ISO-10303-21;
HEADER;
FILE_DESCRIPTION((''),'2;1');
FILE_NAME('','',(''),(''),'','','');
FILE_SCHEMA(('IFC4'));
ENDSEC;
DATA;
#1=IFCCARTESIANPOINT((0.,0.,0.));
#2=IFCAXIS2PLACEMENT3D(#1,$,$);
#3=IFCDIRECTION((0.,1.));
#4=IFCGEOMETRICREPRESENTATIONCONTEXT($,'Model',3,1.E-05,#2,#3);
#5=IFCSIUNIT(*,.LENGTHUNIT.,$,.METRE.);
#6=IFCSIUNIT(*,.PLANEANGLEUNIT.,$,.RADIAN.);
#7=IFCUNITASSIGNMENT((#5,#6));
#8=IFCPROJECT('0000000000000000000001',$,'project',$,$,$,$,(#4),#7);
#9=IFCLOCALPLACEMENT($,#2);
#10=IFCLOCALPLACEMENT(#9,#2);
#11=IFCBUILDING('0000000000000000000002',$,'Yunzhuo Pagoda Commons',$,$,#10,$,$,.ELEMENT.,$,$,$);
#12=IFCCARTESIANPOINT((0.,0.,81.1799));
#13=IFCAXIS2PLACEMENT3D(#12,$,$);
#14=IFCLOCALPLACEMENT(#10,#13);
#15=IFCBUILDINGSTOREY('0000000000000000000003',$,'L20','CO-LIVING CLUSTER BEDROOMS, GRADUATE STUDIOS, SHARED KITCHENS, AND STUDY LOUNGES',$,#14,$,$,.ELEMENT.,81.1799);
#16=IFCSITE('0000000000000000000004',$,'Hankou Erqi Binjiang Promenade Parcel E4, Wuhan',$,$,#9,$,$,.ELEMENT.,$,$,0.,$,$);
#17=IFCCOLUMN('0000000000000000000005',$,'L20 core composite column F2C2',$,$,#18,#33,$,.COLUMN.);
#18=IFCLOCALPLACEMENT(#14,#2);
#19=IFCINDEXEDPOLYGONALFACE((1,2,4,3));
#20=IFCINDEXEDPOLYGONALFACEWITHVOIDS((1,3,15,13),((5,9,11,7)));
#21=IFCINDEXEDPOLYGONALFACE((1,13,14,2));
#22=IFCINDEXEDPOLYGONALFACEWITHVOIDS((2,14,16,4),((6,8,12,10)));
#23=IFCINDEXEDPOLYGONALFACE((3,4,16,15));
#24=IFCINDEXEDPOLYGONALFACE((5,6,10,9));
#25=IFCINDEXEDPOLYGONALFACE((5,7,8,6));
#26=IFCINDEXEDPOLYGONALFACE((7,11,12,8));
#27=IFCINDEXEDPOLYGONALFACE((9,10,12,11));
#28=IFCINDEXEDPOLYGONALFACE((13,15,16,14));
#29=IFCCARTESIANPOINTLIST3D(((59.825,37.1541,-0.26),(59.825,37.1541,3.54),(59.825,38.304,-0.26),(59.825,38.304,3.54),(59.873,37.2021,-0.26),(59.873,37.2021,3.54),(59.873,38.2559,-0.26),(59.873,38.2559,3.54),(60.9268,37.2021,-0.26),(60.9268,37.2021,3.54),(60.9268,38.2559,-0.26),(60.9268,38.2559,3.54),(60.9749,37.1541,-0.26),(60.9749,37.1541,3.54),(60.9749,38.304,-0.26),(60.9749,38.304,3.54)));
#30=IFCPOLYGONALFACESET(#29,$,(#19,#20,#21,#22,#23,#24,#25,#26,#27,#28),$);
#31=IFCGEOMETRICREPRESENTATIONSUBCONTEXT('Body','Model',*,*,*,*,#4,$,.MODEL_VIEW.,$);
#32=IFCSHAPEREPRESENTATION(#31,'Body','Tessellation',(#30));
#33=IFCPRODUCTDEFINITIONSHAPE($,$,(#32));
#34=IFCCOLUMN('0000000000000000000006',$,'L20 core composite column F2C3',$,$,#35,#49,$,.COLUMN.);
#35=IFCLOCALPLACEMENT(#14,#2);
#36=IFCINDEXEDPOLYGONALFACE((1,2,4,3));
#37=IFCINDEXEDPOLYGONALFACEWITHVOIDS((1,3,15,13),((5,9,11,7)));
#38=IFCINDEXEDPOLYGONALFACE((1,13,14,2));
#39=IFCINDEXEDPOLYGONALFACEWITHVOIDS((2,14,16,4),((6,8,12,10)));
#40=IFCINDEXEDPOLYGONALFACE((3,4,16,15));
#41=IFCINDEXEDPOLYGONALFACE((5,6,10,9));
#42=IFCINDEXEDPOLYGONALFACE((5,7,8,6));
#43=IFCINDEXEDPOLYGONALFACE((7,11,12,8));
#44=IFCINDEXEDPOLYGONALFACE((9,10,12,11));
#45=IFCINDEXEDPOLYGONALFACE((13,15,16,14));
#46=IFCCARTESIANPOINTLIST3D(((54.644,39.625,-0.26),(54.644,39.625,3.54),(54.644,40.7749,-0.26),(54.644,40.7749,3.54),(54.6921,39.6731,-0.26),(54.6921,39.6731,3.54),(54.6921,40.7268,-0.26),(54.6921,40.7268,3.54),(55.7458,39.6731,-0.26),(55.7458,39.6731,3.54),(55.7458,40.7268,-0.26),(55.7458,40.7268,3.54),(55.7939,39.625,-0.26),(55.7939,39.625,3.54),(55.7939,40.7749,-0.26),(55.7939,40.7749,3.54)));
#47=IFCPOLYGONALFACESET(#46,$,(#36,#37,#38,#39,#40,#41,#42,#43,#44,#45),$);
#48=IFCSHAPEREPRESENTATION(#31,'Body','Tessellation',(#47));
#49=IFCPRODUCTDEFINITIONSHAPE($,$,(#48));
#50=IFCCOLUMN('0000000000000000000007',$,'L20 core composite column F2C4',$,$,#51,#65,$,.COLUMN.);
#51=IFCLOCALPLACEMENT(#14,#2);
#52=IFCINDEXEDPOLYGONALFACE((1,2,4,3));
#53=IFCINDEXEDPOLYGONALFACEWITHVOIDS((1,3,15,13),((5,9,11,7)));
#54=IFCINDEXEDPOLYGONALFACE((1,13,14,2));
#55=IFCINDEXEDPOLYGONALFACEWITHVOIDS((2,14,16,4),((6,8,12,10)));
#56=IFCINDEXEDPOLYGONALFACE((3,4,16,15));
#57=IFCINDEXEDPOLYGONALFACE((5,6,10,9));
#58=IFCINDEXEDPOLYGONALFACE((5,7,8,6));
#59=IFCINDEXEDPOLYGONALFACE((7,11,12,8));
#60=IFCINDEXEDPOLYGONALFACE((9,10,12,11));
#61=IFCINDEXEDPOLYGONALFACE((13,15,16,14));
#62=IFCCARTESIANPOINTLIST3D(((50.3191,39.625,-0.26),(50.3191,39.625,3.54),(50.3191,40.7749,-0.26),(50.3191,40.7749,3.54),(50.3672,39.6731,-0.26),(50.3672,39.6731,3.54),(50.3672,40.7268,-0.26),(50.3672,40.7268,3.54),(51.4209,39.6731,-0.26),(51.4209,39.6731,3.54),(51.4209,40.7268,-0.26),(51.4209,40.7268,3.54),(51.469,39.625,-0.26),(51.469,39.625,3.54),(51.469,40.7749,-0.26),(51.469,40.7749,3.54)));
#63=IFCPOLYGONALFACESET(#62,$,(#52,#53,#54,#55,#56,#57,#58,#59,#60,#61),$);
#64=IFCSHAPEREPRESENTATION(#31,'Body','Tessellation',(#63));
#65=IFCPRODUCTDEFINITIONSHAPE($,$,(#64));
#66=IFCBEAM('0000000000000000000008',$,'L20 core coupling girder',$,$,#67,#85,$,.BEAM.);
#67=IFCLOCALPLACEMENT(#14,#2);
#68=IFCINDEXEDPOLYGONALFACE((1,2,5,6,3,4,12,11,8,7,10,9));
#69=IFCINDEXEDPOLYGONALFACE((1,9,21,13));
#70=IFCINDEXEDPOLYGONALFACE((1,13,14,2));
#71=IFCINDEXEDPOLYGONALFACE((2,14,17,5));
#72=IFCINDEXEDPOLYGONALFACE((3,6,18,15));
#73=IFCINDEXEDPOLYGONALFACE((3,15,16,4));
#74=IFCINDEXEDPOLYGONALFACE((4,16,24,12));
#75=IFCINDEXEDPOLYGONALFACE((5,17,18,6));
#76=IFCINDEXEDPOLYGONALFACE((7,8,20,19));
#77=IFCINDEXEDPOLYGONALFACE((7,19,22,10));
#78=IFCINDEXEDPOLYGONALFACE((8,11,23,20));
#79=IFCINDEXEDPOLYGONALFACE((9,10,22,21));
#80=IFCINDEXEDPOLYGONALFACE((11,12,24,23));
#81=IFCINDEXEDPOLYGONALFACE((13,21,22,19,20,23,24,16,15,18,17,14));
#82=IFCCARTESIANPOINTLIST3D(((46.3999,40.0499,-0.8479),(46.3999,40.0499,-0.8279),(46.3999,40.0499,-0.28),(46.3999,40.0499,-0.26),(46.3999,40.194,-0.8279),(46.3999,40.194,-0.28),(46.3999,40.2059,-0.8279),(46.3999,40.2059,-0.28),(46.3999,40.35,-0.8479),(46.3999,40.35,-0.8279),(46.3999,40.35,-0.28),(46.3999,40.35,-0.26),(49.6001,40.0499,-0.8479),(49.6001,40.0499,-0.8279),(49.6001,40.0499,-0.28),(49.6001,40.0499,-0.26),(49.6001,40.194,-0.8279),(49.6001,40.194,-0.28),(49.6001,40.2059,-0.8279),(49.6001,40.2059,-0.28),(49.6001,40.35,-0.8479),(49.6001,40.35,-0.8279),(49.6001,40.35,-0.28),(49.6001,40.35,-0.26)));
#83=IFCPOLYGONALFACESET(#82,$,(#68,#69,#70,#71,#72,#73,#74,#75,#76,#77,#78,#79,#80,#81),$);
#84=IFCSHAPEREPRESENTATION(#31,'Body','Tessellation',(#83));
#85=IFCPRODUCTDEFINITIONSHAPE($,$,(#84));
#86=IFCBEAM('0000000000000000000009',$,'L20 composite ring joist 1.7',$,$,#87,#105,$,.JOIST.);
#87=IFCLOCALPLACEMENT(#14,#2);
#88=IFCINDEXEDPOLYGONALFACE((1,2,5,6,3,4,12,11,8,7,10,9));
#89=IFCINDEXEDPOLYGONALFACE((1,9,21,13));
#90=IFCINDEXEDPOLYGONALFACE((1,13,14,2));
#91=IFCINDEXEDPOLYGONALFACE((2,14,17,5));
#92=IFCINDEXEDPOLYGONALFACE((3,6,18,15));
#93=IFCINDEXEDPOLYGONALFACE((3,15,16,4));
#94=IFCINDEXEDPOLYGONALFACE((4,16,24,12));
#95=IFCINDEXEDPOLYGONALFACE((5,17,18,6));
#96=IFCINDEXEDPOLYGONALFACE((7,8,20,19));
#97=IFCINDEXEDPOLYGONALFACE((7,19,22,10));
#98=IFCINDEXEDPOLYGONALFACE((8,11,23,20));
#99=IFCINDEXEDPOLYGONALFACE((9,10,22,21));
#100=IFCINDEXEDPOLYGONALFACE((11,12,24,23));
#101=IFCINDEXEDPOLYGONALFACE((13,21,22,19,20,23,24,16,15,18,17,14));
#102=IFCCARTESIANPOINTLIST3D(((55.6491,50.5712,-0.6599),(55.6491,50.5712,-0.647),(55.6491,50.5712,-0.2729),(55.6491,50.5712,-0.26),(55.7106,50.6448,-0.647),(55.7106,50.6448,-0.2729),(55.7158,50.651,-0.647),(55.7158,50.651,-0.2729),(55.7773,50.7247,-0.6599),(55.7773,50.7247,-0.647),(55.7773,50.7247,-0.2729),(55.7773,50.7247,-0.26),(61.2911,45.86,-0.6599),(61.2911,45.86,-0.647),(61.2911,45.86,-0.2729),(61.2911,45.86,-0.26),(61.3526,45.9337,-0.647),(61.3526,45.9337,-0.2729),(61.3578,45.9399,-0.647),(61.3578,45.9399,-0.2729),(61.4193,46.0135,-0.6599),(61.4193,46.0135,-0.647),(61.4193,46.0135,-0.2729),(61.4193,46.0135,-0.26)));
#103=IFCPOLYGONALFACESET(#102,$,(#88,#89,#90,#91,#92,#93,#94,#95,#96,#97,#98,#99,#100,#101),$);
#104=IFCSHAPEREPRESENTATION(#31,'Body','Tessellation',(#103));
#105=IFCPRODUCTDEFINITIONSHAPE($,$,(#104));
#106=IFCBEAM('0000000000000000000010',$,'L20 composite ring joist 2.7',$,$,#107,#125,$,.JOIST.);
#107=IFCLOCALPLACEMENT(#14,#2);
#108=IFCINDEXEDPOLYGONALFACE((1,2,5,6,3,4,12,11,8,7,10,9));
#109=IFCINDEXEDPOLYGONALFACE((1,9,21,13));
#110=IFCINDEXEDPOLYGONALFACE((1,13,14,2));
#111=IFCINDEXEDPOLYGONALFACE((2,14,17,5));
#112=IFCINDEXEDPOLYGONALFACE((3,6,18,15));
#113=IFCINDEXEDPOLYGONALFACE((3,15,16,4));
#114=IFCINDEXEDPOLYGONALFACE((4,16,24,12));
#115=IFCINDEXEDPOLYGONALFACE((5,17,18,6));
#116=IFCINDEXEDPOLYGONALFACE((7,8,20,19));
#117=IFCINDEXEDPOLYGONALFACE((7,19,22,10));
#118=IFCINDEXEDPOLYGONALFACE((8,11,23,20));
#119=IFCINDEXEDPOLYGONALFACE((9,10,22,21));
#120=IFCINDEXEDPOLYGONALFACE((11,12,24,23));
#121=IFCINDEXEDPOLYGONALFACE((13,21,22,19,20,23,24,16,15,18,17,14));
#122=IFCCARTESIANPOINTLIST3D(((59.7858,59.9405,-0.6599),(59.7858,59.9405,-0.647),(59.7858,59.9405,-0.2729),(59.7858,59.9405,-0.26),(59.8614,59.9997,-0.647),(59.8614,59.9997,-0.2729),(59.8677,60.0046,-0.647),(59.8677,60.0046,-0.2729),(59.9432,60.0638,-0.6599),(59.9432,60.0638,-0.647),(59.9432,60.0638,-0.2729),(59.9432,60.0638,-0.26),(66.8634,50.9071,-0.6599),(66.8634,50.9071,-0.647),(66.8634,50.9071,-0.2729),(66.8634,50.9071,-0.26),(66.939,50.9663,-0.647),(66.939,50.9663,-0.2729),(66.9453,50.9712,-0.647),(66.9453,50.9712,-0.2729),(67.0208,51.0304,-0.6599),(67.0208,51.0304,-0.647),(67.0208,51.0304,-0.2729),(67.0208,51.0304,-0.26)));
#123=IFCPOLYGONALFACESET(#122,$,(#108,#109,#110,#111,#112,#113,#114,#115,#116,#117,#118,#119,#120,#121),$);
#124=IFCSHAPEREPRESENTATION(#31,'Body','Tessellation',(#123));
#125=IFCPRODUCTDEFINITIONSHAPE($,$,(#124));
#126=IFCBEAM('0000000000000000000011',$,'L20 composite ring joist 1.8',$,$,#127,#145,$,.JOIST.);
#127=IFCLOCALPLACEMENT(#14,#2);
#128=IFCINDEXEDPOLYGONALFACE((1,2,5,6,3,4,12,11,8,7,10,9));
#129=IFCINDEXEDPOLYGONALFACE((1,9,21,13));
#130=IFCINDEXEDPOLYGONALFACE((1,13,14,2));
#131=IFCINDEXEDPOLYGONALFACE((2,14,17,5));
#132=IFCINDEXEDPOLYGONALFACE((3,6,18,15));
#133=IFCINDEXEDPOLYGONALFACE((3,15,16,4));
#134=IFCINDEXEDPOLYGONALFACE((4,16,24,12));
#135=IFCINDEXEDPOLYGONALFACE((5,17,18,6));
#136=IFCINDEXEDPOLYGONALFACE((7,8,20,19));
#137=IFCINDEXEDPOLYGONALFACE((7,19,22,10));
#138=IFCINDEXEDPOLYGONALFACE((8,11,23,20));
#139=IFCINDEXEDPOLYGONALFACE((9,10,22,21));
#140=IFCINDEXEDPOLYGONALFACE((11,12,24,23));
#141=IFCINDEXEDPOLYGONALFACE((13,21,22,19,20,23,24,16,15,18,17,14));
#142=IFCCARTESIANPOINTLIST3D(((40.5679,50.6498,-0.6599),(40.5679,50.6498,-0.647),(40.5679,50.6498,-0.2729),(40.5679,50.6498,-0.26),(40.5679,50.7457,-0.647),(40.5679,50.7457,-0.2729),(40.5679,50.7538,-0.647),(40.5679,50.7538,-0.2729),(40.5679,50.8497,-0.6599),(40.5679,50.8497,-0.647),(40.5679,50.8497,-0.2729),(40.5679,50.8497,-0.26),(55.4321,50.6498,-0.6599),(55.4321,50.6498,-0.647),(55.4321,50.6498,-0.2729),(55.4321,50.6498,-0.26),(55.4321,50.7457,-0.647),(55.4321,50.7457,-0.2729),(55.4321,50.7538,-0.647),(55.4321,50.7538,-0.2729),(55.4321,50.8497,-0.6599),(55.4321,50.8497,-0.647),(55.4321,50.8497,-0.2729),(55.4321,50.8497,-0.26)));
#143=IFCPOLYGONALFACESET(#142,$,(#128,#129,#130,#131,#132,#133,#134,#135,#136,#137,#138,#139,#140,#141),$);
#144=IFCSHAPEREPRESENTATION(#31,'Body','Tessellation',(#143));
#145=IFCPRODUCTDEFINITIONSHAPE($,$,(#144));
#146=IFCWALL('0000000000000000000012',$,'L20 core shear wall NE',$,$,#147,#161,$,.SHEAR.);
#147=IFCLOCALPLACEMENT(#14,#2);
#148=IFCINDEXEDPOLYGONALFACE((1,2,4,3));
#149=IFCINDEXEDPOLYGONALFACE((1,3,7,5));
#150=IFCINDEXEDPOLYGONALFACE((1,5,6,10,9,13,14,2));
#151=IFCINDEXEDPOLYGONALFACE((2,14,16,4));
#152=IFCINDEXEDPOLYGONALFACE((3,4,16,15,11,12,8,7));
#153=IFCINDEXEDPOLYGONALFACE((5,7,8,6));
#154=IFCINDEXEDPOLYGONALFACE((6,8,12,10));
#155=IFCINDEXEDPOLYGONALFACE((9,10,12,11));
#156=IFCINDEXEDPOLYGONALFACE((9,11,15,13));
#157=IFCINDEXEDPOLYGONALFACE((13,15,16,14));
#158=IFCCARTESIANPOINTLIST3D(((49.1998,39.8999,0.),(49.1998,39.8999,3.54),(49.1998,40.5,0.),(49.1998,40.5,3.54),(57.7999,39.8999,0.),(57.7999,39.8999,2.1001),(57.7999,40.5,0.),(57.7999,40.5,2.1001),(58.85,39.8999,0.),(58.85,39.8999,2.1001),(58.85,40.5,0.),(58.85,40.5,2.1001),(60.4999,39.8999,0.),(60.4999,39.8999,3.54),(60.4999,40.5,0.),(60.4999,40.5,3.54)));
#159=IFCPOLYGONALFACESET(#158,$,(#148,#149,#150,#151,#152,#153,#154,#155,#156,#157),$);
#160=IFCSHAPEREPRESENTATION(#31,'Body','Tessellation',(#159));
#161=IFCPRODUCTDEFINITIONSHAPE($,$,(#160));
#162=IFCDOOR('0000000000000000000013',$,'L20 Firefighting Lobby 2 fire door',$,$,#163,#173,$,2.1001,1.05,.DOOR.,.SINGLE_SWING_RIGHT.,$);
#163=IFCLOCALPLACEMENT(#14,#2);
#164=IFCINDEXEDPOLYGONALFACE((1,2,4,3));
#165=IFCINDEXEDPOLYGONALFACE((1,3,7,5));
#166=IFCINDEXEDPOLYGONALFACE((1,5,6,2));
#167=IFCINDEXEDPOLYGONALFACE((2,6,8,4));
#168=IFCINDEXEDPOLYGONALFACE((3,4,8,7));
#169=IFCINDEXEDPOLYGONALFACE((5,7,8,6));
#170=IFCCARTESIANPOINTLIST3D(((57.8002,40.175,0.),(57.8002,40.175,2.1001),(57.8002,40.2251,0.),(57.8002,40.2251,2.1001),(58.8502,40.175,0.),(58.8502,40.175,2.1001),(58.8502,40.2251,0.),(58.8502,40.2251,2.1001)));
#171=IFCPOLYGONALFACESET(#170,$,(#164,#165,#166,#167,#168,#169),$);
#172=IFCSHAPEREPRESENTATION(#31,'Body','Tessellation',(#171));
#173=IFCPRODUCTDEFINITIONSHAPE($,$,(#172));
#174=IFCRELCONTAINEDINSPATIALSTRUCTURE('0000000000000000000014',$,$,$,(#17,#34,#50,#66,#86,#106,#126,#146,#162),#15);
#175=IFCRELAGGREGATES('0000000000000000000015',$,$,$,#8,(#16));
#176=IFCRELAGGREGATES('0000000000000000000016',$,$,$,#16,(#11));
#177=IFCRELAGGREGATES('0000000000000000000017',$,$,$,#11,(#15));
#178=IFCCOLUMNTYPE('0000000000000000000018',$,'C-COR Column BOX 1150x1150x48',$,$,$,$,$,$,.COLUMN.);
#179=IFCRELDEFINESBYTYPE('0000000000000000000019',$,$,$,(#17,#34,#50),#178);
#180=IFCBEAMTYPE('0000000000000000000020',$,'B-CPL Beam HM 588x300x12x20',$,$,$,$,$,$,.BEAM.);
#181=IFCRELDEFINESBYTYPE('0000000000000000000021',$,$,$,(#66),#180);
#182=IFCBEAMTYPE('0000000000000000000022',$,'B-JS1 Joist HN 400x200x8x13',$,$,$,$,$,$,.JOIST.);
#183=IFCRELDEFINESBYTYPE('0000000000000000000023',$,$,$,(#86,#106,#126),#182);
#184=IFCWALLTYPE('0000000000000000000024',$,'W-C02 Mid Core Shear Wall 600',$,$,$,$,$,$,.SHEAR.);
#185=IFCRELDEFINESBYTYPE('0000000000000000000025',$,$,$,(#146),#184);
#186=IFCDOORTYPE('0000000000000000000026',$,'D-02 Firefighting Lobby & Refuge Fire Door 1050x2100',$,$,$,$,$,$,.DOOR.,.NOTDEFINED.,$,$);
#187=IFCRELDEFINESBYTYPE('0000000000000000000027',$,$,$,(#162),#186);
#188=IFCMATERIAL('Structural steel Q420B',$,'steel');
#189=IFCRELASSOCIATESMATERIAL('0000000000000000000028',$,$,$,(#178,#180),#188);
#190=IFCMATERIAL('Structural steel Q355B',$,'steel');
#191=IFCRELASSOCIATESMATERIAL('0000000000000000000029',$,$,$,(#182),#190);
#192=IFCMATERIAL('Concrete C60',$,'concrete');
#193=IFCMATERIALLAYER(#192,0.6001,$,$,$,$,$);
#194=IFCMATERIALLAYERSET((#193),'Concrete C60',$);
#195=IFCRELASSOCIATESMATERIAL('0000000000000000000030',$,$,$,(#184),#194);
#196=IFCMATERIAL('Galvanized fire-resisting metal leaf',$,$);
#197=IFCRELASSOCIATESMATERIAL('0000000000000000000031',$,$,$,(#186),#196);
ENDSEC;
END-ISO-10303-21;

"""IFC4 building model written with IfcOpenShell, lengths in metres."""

from ifc_helpers import new_model, si_unit, direction, frame, frame_2d, origin, origin_2d, place, context, subcontext, project, spatial, rectangle, hollow_rectangle, i_section, extrude, source, transform, mapped, material, layer, layer_set, material_profile, profile_set, type_object, element, fill, save


model = new_model("IFC4")

# Units and contexts
model_context = context("Model", 3, precision=1e-05, world=origin(), true_north=direction((0.0, 1.0)))
body_context = subcontext(model_context, "Body", "Model", "MODEL_VIEW")
ifc_project = project(units=[si_unit("LENGTHUNIT", "METRE"), si_unit("PLANEANGLEUNIT", "RADIAN")], contexts=[model_context])

# Site, building, storey
site_placement = place(None, origin())
site = spatial("IfcSite", under=ifc_project, at=site_placement, Name="Hankou Erqi Binjiang Promenade Parcel E4, Wuhan", CompositionType="ELEMENT", RefElevation=0.0)
building_placement = place(site_placement, origin())
building = spatial("IfcBuilding", under=site, at=building_placement, Name="Yunzhuo Pagoda Commons", CompositionType="ELEMENT")
storey_placement = place(building_placement, frame((0.0, 0.0, 81.1799)))
storey = spatial("IfcBuildingStorey", under=building, at=storey_placement, Name="L20", Description="CO-LIVING CLUSTER BEDROOMS, GRADUATE STUDIOS, SHARED KITCHENS, AND STUDY LOUNGES", CompositionType="ELEMENT", Elevation=81.1799)

# Columns
ifc_material_1 = material(Name="Structural steel Q420B", Category="steel")
ifc_material_profile_1 = material_profile(ifc_material_1, hollow_rectangle(XDim=1.1499, YDim=1.1499, WallThickness=0.0481, at=origin_2d()), Name="Structural steel Q420B")
ifc_profile_set_1 = profile_set([ifc_material_profile_1], Name="Structural steel Q420B")
column_type = type_object("IfcColumnType", Name="C-COR Column BOX 1150x1150x48", PredefinedType="COLUMN", material=ifc_profile_set_1)
shared_shape_1 = source(origin(), body_context, "Body", "SweptSolid", [
    extrude(hollow_rectangle(XDim=1.1499, YDim=1.1499, WallThickness=0.0481, at=origin_2d()), origin(), (0.0, 0.0, 1.0), 3.8),
])
for number, where, z_axis, x_axis, name in (
    (1, (60.3999, 37.729, -0.26), (0.0, 0.0, 1.0), (1.0, 0.0, 0.0), "L20 core composite column F2C2"),
    (2, (55.219, 40.2, -0.26), (0.0, 0.0, 1.0), (1.0, 0.0, 0.0), "L20 core composite column F2C3"),
    (3, (50.894, 40.2, -0.26), (0.0, 0.0, 1.0), (1.0, 0.0, 0.0), "L20 core composite column F2C4"),
):
    element("IfcColumn", number, at=place(storey_placement, frame(where, z_axis=z_axis, x_axis=x_axis)), inside=storey, type_object=column_type, Name=name, PredefinedType="COLUMN", context=body_context, shape_type="MappedRepresentation", body=[
        mapped(shared_shape_1, transform((0.0, 0.0, 0.0), scale=1.0)),
    ])

# Beams
ifc_material_profile_2 = material_profile(ifc_material_1, i_section(OverallWidth=0.3, OverallDepth=0.5879, WebThickness=0.012, FlangeThickness=0.02, at=origin_2d()), Name="Structural steel Q420B")
ifc_profile_set_2 = profile_set([ifc_material_profile_2], Name="Structural steel Q420B")
beam_type_1 = type_object("IfcBeamType", Name="B-CPL Beam HM 588x300x12x20", PredefinedType="BEAM", material=ifc_profile_set_2)
shared_shape_2 = source(origin(), body_context, "Body", "SweptSolid", [
    extrude(i_section(OverallWidth=0.3, OverallDepth=0.5879, WebThickness=0.012, FlangeThickness=0.02, at=origin_2d()), origin(), (0.0, 0.0, 1.0), 3.2002),
])
beam_1_placement = place(storey_placement, frame((46.3999, 40.2, -0.554), z_axis=(1.0, 0.0, 0.0), x_axis=(0.0, 1.0, 0.0)))
element("IfcBeam", 4, at=beam_1_placement, inside=storey, type_object=beam_type_1, Name="L20 core coupling girder", PredefinedType="BEAM", context=body_context, shape_type="MappedRepresentation", body=[
    mapped(shared_shape_2, transform((0.0, 0.0, 0.0), scale=1.0)),
])
ifc_material_2 = material(Name="Structural steel Q355B", Category="steel")
ifc_material_profile_3 = material_profile(ifc_material_2, i_section(OverallWidth=0.2, OverallDepth=0.3999, WebThickness=0.0081, FlangeThickness=0.0129, at=origin_2d()), Name="Structural steel Q355B")
ifc_profile_set_3 = profile_set([ifc_material_profile_3], Name="Structural steel Q355B")
beam_type_2 = type_object("IfcBeamType", Name="B-JS1 Joist HN 400x200x8x13", PredefinedType="JOIST", material=ifc_profile_set_3)
shared_shape_3 = source(origin(), body_context, "Body", "SweptSolid", [
    extrude(i_section(OverallWidth=0.2, OverallDepth=0.3999, WebThickness=0.0081, FlangeThickness=0.0129, at=origin_2d()), origin(), (0.0, 0.0, 1.0), 7.3503),
])
beam_2_placement = place(storey_placement, frame((61.3552, 45.9368, -0.46), z_axis=(-0.767589, 0.640942, 0.0), x_axis=(-0.640942, -0.767589, 0.0)))
element("IfcBeam", 5, at=beam_2_placement, inside=storey, type_object=beam_type_2, Name="L20 composite ring joist 1.7", PredefinedType="JOIST", context=body_context, shape_type="MappedRepresentation", body=[
    mapped(shared_shape_3, transform((0.0, 0.0, 0.0), scale=1.0)),
])
shared_shape_4 = source(origin(), body_context, "Body", "SweptSolid", [
    extrude(i_section(OverallWidth=0.2, OverallDepth=0.3999, WebThickness=0.0081, FlangeThickness=0.0129, at=origin_2d()), origin(), (0.0, 0.0, 1.0), 11.4758),
])
beam_3_placement = place(storey_placement, frame((66.9421, 50.9688, -0.46), z_axis=(-0.61674, 0.787167, 0.0), x_axis=(-0.787167, -0.61674, 0.0)))
element("IfcBeam", 6, at=beam_3_placement, inside=storey, type_object=beam_type_2, Name="L20 composite ring joist 2.7", PredefinedType="JOIST", context=body_context, shape_type="MappedRepresentation", body=[
    mapped(shared_shape_4, transform((0.0, 0.0, 0.0), scale=1.0)),
])
shared_shape_5 = source(origin(), body_context, "Body", "SweptSolid", [
    extrude(i_section(OverallWidth=0.2, OverallDepth=0.3999, WebThickness=0.0081, FlangeThickness=0.0129, at=origin_2d()), origin(), (0.0, 0.0, 1.0), 14.8643),
])
beam_4_placement = place(storey_placement, frame((55.4321, 50.7498, -0.46), z_axis=(-1.0, 0.0, 0.0), x_axis=(0.0, -1.0, 0.0)))
element("IfcBeam", 7, at=beam_4_placement, inside=storey, type_object=beam_type_2, Name="L20 composite ring joist 1.8", PredefinedType="JOIST", context=body_context, shape_type="MappedRepresentation", body=[
    mapped(shared_shape_5, transform((0.0, 0.0, 0.0), scale=1.0)),
])

# Wall, opening, door
ifc_material_3 = material(Name="Concrete C60", Category="concrete")
ifc_layer_1 = layer(ifc_material_3, 0.6001)
ifc_layer_set_1 = layer_set([ifc_layer_1], Name="Concrete C60")
wall_type_1 = type_object("IfcWallType", Name="W-C02 Mid Core Shear Wall 600", PredefinedType="SHEAR", material=ifc_layer_set_1)
wall_1_placement = place(storey_placement, frame((49.2, 40.2, 0.0), z_axis=(0.0, 0.0, 1.0), x_axis=(1.0, 0.0, 0.0)))
wall_1 = element("IfcWall", 8, at=wall_1_placement, inside=storey, type_object=wall_type_1, Name="L20 core shear wall NE", PredefinedType="SHEAR", context=body_context, shape_type="SweptSolid", body=[
    extrude(rectangle(XDim=11.3, YDim=0.6001, at=frame_2d((5.6499, 0.0))), origin(), (0.0, 0.0, 1.0), 3.54),
])
opening_1_placement = place(wall_1_placement, frame((8.6001, 0.0, 0.0)))
opening_1 = element("IfcOpeningElement", 9, at=opening_1_placement, cuts=wall_1, PredefinedType="OPENING", context=body_context, shape_type="SweptSolid", body=[
    extrude(rectangle(XDim=1.05, YDim=2.1001, at=frame_2d((0.5249, 1.05))), frame((0.0, 0.3101, 0.0), z_axis=(0.0, -1.0, 0.0), x_axis=(1.0, 0.0, 0.0)), (0.0, 0.0, 1.0), 0.6201),
])
ifc_material_4 = material(Name="Galvanized fire-resisting metal leaf")
door_type_1 = type_object("IfcDoorType", Name="D-02 Firefighting Lobby & Refuge Fire Door 1050x2100", OperationType="NOTDEFINED", PredefinedType="DOOR", material=ifc_material_4)
shared_shape_6 = source(origin(), body_context, "Body", "SweptSolid", [
    extrude(rectangle(XDim=1.05, YDim=2.1001, at=frame_2d((0.5249, 1.05))), frame((0.0, 0.0249, 0.0), z_axis=(0.0, -1.0, 0.0), x_axis=(1.0, 0.0, 0.0)), (0.0, 0.0, 1.0), 0.05),
])
door_1_placement = place(opening_1_placement, frame((1.05, 0.0, 0.0), z_axis=(0.0, 0.0, 1.0), x_axis=(-1.0, 0.0, 0.0)))
door_1 = element("IfcDoor", 10, at=door_1_placement, inside=storey, type_object=door_type_1, Name="L20 Firefighting Lobby 2 fire door", OperationType="SINGLE_SWING_RIGHT", OverallHeight=2.1001, OverallWidth=1.05, PredefinedType="DOOR", context=body_context, shape_type="MappedRepresentation", body=[
    mapped(shared_shape_6, transform((0.0, 0.0, 0.0), scale=1.0)),
])
fill(opening_1, door_1)

save(model, "model.ifc")
